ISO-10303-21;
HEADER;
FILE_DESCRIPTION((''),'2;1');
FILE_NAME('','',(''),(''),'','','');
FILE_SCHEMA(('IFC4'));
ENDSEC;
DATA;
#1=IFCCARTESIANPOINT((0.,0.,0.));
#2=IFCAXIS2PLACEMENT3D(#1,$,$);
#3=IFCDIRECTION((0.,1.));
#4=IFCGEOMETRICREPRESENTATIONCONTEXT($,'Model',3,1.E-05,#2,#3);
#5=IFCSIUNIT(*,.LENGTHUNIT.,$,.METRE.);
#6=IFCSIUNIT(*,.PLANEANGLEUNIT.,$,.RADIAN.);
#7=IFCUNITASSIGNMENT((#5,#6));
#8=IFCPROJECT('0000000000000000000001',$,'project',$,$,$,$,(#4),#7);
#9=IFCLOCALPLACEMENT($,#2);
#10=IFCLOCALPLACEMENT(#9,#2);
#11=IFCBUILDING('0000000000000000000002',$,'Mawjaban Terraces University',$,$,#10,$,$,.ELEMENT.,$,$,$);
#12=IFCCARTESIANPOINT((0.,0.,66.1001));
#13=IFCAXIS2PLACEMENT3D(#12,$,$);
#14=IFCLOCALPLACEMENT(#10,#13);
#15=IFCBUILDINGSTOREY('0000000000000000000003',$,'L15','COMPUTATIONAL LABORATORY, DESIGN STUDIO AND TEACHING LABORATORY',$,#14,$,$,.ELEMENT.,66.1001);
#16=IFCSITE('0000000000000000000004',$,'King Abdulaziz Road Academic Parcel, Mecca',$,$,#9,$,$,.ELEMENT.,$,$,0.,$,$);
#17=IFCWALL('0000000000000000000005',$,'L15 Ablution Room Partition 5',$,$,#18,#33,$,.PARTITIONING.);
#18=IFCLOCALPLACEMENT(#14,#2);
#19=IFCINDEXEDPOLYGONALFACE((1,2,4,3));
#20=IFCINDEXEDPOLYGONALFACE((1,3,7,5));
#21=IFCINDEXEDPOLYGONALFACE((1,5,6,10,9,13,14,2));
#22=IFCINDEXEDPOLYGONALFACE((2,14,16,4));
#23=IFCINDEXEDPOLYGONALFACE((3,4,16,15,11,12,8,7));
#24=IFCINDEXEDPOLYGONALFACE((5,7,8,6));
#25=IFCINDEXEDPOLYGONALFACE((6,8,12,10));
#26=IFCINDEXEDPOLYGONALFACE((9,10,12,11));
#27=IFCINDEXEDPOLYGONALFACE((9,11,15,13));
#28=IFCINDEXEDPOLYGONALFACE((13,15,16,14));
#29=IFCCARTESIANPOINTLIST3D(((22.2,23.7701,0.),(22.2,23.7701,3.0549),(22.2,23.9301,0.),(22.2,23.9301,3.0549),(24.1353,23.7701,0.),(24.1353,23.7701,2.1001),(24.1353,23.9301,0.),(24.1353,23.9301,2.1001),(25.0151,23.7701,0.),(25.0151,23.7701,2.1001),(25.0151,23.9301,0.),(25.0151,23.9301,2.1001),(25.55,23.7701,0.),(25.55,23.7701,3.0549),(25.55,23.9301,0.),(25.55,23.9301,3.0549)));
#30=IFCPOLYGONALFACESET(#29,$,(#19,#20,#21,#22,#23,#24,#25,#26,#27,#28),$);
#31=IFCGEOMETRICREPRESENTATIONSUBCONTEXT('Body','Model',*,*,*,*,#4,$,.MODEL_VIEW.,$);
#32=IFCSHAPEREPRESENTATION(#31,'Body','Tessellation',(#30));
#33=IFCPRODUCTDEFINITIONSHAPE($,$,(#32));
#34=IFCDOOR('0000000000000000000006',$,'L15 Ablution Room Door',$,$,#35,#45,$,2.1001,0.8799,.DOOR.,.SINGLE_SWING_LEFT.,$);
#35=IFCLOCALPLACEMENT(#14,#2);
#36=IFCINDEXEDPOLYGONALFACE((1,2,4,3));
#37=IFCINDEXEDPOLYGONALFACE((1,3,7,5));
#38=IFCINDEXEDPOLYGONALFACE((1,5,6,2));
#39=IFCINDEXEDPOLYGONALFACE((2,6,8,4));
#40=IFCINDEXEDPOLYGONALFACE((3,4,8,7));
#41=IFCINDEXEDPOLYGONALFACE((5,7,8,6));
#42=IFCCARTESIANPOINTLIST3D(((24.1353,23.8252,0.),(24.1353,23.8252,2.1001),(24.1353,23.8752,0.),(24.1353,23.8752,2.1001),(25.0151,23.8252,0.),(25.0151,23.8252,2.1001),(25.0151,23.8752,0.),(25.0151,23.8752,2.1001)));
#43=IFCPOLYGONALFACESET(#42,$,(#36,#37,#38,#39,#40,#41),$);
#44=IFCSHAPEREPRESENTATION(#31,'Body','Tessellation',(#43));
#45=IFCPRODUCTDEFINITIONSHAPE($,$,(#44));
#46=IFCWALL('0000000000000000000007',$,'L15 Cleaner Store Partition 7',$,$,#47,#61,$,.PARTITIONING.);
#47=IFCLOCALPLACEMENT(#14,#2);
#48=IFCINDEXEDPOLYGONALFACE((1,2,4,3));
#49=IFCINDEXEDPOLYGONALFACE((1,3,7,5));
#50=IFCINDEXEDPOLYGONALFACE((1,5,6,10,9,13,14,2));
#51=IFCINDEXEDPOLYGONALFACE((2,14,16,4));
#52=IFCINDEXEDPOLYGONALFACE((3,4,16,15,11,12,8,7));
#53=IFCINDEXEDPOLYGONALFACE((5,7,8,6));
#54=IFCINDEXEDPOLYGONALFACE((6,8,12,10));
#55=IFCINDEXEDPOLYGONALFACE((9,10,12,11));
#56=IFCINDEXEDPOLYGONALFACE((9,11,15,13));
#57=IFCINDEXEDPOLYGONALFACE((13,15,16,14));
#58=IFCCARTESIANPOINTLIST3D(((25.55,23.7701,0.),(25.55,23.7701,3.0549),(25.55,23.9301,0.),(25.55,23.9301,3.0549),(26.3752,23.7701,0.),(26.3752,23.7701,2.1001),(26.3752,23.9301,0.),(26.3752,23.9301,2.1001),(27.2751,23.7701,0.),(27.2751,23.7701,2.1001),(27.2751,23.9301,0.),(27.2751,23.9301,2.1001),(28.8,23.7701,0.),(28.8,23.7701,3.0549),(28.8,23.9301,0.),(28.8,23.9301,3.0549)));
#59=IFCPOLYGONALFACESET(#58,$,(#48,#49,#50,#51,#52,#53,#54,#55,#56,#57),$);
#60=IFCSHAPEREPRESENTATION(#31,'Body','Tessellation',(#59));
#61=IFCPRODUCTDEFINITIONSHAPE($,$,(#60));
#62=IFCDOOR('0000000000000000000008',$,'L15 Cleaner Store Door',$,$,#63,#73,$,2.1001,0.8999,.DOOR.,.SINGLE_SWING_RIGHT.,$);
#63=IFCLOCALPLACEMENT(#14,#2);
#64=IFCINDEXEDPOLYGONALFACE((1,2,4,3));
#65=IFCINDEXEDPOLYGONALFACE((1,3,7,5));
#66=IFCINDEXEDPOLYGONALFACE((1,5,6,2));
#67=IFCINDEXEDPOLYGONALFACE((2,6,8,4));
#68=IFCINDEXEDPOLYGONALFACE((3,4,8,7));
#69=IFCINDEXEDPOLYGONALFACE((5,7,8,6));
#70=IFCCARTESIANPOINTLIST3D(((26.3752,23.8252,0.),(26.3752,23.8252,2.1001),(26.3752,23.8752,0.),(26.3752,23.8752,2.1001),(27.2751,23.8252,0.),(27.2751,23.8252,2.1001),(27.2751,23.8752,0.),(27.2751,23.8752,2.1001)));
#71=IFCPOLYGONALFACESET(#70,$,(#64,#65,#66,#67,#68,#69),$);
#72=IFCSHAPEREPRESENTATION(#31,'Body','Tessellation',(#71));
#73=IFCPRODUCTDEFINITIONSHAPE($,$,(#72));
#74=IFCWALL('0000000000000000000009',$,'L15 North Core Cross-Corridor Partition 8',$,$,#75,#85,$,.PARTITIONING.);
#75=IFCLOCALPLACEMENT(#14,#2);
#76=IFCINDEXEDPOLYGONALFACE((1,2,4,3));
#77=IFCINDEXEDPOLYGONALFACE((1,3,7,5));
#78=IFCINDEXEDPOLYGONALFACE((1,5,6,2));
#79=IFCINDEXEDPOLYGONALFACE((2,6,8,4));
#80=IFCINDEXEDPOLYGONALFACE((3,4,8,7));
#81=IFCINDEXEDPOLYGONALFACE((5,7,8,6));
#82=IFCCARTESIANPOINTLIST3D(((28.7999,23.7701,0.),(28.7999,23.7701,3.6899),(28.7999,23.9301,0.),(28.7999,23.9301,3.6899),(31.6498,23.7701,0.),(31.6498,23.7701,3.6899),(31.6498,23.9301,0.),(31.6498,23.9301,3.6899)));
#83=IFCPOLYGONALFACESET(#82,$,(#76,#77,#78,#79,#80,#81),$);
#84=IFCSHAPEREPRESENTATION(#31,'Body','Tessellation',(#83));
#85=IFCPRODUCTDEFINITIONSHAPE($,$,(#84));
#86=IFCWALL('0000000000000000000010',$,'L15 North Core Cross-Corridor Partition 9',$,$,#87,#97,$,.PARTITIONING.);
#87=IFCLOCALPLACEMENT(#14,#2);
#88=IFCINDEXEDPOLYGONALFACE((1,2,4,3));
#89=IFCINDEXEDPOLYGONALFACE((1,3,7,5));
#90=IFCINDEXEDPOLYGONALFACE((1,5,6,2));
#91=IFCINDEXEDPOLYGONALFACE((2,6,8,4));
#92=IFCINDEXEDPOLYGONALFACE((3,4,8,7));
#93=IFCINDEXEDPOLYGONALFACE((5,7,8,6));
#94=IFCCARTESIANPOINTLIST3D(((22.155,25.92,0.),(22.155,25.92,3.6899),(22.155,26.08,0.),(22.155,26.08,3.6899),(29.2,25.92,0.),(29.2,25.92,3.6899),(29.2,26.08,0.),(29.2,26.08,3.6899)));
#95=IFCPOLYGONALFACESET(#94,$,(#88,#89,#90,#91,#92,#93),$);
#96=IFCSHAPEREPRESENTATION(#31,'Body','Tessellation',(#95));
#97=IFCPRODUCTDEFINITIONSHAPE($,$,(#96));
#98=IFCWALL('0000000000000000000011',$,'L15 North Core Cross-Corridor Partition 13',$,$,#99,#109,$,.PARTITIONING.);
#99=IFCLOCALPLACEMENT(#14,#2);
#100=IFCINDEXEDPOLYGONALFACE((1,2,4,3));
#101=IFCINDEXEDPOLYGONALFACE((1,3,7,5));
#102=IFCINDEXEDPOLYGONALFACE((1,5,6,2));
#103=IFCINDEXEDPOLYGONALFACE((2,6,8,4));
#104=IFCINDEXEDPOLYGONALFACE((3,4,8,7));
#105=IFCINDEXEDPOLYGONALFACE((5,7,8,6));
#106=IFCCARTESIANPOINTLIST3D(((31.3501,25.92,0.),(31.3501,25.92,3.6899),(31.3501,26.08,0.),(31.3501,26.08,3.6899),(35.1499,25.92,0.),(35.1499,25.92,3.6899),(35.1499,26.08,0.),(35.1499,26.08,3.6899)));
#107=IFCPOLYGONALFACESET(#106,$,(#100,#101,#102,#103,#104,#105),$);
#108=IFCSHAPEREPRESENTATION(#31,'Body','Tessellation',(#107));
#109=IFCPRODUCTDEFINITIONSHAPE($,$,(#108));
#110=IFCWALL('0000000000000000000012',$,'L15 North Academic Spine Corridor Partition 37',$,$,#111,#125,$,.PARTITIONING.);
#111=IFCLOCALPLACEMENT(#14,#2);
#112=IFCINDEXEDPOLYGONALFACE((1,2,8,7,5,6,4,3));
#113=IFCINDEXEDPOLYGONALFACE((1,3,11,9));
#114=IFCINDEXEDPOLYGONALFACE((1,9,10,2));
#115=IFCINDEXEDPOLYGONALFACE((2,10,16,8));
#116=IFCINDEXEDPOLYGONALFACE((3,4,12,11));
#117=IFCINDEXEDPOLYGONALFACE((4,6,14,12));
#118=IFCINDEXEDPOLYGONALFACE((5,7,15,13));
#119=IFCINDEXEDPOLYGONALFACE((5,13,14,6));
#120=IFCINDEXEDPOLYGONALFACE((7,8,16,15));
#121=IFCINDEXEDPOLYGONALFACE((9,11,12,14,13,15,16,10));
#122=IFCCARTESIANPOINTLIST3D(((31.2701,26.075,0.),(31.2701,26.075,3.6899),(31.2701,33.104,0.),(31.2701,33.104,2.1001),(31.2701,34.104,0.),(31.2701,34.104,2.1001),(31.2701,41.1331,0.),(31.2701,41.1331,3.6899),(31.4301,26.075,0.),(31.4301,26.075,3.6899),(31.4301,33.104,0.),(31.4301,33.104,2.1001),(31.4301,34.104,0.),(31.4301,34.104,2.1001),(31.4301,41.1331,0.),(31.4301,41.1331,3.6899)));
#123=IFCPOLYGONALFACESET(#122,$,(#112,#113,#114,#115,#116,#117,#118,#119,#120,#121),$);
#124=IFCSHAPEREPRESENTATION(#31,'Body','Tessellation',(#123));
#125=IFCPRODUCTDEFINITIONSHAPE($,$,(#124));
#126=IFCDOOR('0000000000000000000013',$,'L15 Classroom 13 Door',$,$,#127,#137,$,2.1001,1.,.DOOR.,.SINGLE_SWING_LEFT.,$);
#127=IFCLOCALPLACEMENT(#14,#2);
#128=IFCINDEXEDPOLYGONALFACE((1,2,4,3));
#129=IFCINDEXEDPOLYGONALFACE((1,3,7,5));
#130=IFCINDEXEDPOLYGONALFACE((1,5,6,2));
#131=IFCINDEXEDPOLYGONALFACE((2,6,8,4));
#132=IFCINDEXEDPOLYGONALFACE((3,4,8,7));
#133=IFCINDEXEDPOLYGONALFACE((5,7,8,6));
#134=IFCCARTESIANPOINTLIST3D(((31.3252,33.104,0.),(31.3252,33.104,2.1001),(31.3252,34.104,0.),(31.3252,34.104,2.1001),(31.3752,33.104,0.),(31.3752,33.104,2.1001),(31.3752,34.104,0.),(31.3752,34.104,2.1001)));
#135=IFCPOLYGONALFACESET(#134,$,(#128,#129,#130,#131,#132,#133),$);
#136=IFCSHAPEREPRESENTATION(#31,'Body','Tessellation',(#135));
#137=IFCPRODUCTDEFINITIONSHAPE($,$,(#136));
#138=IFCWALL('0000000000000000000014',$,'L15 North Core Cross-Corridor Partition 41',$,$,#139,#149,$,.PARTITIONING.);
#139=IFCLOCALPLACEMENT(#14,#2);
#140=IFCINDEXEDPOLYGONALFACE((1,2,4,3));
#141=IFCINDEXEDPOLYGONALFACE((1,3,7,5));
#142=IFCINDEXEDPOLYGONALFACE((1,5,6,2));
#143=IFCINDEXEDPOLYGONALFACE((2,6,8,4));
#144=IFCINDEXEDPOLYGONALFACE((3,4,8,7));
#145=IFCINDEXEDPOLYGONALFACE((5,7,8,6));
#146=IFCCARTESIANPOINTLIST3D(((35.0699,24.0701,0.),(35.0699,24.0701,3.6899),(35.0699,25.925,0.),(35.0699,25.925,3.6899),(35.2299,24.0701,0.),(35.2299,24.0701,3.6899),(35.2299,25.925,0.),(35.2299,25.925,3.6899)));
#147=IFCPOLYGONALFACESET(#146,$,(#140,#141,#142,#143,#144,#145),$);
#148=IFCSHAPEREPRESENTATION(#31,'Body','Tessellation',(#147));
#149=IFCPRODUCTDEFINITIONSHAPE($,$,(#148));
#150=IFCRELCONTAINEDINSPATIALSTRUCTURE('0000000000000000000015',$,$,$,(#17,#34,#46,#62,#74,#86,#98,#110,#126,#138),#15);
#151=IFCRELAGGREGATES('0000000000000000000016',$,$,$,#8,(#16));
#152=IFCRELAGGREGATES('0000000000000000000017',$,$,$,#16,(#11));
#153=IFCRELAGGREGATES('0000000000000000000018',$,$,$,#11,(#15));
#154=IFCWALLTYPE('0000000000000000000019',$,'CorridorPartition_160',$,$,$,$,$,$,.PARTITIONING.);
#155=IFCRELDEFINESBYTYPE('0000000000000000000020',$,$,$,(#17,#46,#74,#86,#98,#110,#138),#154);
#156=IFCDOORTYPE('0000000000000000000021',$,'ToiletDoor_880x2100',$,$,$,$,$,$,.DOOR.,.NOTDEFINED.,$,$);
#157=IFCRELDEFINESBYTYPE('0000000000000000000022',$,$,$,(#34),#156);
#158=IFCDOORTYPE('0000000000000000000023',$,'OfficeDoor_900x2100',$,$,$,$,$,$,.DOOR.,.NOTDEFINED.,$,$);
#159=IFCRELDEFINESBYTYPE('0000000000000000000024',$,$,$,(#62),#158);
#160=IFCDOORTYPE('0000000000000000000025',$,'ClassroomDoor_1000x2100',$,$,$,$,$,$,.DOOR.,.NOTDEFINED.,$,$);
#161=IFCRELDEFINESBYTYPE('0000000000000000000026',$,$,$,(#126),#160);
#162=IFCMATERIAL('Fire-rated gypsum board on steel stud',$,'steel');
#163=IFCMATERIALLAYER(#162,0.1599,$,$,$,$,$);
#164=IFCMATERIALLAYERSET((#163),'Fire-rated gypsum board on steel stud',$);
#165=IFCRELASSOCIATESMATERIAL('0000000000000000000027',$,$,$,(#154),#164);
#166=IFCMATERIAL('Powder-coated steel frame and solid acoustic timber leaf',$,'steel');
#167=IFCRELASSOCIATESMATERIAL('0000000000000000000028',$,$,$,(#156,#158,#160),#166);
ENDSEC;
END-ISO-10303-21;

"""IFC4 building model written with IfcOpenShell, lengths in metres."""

from ifc_helpers import new_model, si_unit, direction, frame, frame_2d, origin, place, context, subcontext, project, spatial, rectangle, extrude, material, layer, layer_set, type_object, element, fill, save


model = new_model("IFC4")

# Units and contexts
model_context = context("Model", 3, precision=1e-05, world=origin(), true_north=direction((0.0, 1.0)))
body_context = subcontext(model_context, "Body", "Model", "MODEL_VIEW")
ifc_project = project(units=[si_unit("LENGTHUNIT", "METRE"), si_unit("PLANEANGLEUNIT", "RADIAN")], contexts=[model_context])

# Site, building, storey
site_placement = place(None, origin())
site = spatial("IfcSite", under=ifc_project, at=site_placement, Name="King Abdulaziz Road Academic Parcel, Mecca", CompositionType="ELEMENT", RefElevation=0.0)
building_placement = place(site_placement, origin())
building = spatial("IfcBuilding", under=site, at=building_placement, Name="Mawjaban Terraces University", CompositionType="ELEMENT")
storey_placement = place(building_placement, frame((0.0, 0.0, 66.1001)))
storey = spatial("IfcBuildingStorey", under=building, at=storey_placement, Name="L15", Description="COMPUTATIONAL LABORATORY, DESIGN STUDIO AND TEACHING LABORATORY", CompositionType="ELEMENT", Elevation=66.1001)

# Walls, openings, doors
ifc_material_1 = material(Name="Fire-rated gypsum board on steel stud", Category="steel")
ifc_layer_1 = layer(ifc_material_1, 0.1599)
ifc_layer_set_1 = layer_set([ifc_layer_1], Name="Fire-rated gypsum board on steel stud")
wall_type_1 = type_object("IfcWallType", Name="CorridorPartition_160", PredefinedType="PARTITIONING", material=ifc_layer_set_1)
wall_1_placement = place(storey_placement, frame((25.55, 23.8501, 0.0), z_axis=(0.0, 0.0, 1.0), x_axis=(-1.0, 0.0, 0.0)))
wall_1 = element("IfcWall", 1, at=wall_1_placement, inside=storey, type_object=wall_type_1, Name="L15 Ablution Room Partition 5", PredefinedType="PARTITIONING", context=body_context, shape_type="SweptSolid", body=[
    extrude(rectangle(XDim=3.3501, YDim=0.1599, at=frame_2d((1.675, 0.0))), origin(), (0.0, 0.0, 1.0), 3.0549),
])
opening_1_placement = place(wall_1_placement, frame((0.5349, 0.0, 0.0)))
opening_1 = element("IfcOpeningElement", 2, at=opening_1_placement, cuts=wall_1, PredefinedType="OPENING", context=body_context, shape_type="SweptSolid", body=[
    extrude(rectangle(XDim=0.8799, YDim=2.1001, at=frame_2d((0.4399, 1.05))), frame((0.0, 0.0898, 0.0), z_axis=(0.0, -1.0, 0.0), x_axis=(1.0, 0.0, 0.0)), (0.0, 0.0, 1.0), 0.1799),
])
ifc_material_2 = material(Name="Powder-coated steel frame and solid acoustic timber leaf", Category="steel")
door_type_1 = type_object("IfcDoorType", Name="ToiletDoor_880x2100", OperationType="NOTDEFINED", PredefinedType="DOOR", material=ifc_material_2)
door_1_placement = place(opening_1_placement, origin())
door_1 = element("IfcDoor", 3, at=door_1_placement, inside=storey, type_object=door_type_1, Name="L15 Ablution Room Door", OperationType="SINGLE_SWING_LEFT", OverallHeight=2.1001, OverallWidth=0.8799, PredefinedType="DOOR", context=body_context, shape_type="SweptSolid", body=[
    extrude(rectangle(XDim=0.8799, YDim=2.1001, at=frame_2d((0.4399, 1.05))), frame((0.0, 0.0249, 0.0), z_axis=(0.0, -1.0, 0.0), x_axis=(1.0, 0.0, 0.0)), (0.0, 0.0, 1.0), 0.05),
])
fill(opening_1, door_1)
wall_2_placement = place(storey_placement, frame((28.8, 23.8501, 0.0), z_axis=(0.0, 0.0, 1.0), x_axis=(-1.0, 0.0, 0.0)))
wall_2 = element("IfcWall", 4, at=wall_2_placement, inside=storey, type_object=wall_type_1, Name="L15 Cleaner Store Partition 7", PredefinedType="PARTITIONING", context=body_context, shape_type="SweptSolid", body=[
    extrude(rectangle(XDim=3.25, YDim=0.1599, at=frame_2d((1.625, 0.0))), origin(), (0.0, 0.0, 1.0), 3.0549),
])
opening_2_placement = place(wall_2_placement, frame((1.5249, 0.0, 0.0)))
opening_2 = element("IfcOpeningElement", 5, at=opening_2_placement, cuts=wall_2, PredefinedType="OPENING", context=body_context, shape_type="SweptSolid", body=[
    extrude(rectangle(XDim=0.8999, YDim=2.1001, at=frame_2d((0.45, 1.05))), frame((0.0, 0.0898, 0.0), z_axis=(0.0, -1.0, 0.0), x_axis=(1.0, 0.0, 0.0)), (0.0, 0.0, 1.0), 0.1799),
])
door_type_2 = type_object("IfcDoorType", Name="OfficeDoor_900x2100", OperationType="NOTDEFINED", PredefinedType="DOOR", material=ifc_material_2)
door_2_placement = place(opening_2_placement, origin())
door_2 = element("IfcDoor", 6, at=door_2_placement, inside=storey, type_object=door_type_2, Name="L15 Cleaner Store Door", OperationType="SINGLE_SWING_RIGHT", OverallHeight=2.1001, OverallWidth=0.8999, PredefinedType="DOOR", context=body_context, shape_type="SweptSolid", body=[
    extrude(rectangle(XDim=0.8999, YDim=2.1001, at=frame_2d((0.45, 1.05))), frame((0.0, 0.0249, 0.0), z_axis=(0.0, -1.0, 0.0), x_axis=(1.0, 0.0, 0.0)), (0.0, 0.0, 1.0), 0.05),
])
fill(opening_2, door_2)

# Walls
wall_3_placement = place(storey_placement, frame((28.8, 23.8501, 0.0), z_axis=(0.0, 0.0, 1.0), x_axis=(1.0, 0.0, 0.0)))
element("IfcWall", 7, at=wall_3_placement, inside=storey, type_object=wall_type_1, Name="L15 North Core Cross-Corridor Partition 8", PredefinedType="PARTITIONING", context=body_context, shape_type="SweptSolid", body=[
    extrude(rectangle(XDim=2.8499, YDim=0.1599, at=frame_2d((1.4248, 0.0))), origin(), (0.0, 0.0, 1.0), 3.6899),
])
wall_4_placement = place(storey_placement, frame((29.2, 26.0, 0.0), z_axis=(0.0, 0.0, 1.0), x_axis=(-1.0, 0.0, 0.0)))
element("IfcWall", 8, at=wall_4_placement, inside=storey, type_object=wall_type_1, Name="L15 North Core Cross-Corridor Partition 9", PredefinedType="PARTITIONING", context=body_context, shape_type="SweptSolid", body=[
    extrude(rectangle(XDim=7.0449, YDim=0.1599, at=frame_2d((3.5225, 0.0))), origin(), (0.0, 0.0, 1.0), 3.6899),
])
wall_5_placement = place(storey_placement, frame((35.1499, 26.0, 0.0), z_axis=(0.0, 0.0, 1.0), x_axis=(-1.0, 0.0, 0.0)))
element("IfcWall", 9, at=wall_5_placement, inside=storey, type_object=wall_type_1, Name="L15 North Core Cross-Corridor Partition 13", PredefinedType="PARTITIONING", context=body_context, shape_type="SweptSolid", body=[
    extrude(rectangle(XDim=3.7998, YDim=0.1599, at=frame_2d((1.8999, 0.0))), origin(), (0.0, 0.0, 1.0), 3.6899),
])

# Wall, opening, door
wall_6_placement = place(storey_placement, frame((31.3501, 26.075, 0.0), z_axis=(0.0, 0.0, 1.0), x_axis=(0.0, 1.0, 0.0)))
wall_6 = element("IfcWall", 10, at=wall_6_placement, inside=storey, type_object=wall_type_1, Name="L15 North Academic Spine Corridor Partition 37", PredefinedType="PARTITIONING", context=body_context, shape_type="SweptSolid", body=[
    extrude(rectangle(XDim=15.0581, YDim=0.1599, at=frame_2d((7.5291, 0.0))), origin(), (0.0, 0.0, 1.0), 3.6899),
])
opening_3_placement = place(wall_6_placement, frame((7.0291, 0.0, 0.0)))
opening_3 = element("IfcOpeningElement", 11, at=opening_3_placement, cuts=wall_6, PredefinedType="OPENING", context=body_context, shape_type="SweptSolid", body=[
    extrude(rectangle(XDim=1.0, YDim=2.1001, at=frame_2d((0.5, 1.05))), frame((0.0, 0.0898, 0.0), z_axis=(0.0, -1.0, 0.0), x_axis=(1.0, 0.0, 0.0)), (0.0, 0.0, 1.0), 0.1799),
])
door_type_3 = type_object("IfcDoorType", Name="ClassroomDoor_1000x2100", OperationType="NOTDEFINED", PredefinedType="DOOR", material=ifc_material_2)
door_3_placement = place(opening_3_placement, origin())
door_3 = element("IfcDoor", 12, at=door_3_placement, inside=storey, type_object=door_type_3, Name="L15 Classroom 13 Door", OperationType="SINGLE_SWING_LEFT", OverallHeight=2.1001, OverallWidth=1.0, PredefinedType="DOOR", context=body_context, shape_type="SweptSolid", body=[
    extrude(rectangle(XDim=1.0, YDim=2.1001, at=frame_2d((0.5, 1.05))), frame((0.0, 0.0249, 0.0), z_axis=(0.0, -1.0, 0.0), x_axis=(1.0, 0.0, 0.0)), (0.0, 0.0, 1.0), 0.05),
])
fill(opening_3, door_3)

# Wall
wall_7_placement = place(storey_placement, frame((35.1499, 24.0701, 0.0), z_axis=(0.0, 0.0, 1.0), x_axis=(0.0, 1.0, 0.0)))
element("IfcWall", 13, at=wall_7_placement, inside=storey, type_object=wall_type_1, Name="L15 North Core Cross-Corridor Partition 41", PredefinedType="PARTITIONING", context=body_context, shape_type="SweptSolid", body=[
    extrude(rectangle(XDim=1.855, YDim=0.1599, at=frame_2d((0.9275, 0.0))), origin(), (0.0, 0.0, 1.0), 3.6899),
])

save(model, "model.ifc")
